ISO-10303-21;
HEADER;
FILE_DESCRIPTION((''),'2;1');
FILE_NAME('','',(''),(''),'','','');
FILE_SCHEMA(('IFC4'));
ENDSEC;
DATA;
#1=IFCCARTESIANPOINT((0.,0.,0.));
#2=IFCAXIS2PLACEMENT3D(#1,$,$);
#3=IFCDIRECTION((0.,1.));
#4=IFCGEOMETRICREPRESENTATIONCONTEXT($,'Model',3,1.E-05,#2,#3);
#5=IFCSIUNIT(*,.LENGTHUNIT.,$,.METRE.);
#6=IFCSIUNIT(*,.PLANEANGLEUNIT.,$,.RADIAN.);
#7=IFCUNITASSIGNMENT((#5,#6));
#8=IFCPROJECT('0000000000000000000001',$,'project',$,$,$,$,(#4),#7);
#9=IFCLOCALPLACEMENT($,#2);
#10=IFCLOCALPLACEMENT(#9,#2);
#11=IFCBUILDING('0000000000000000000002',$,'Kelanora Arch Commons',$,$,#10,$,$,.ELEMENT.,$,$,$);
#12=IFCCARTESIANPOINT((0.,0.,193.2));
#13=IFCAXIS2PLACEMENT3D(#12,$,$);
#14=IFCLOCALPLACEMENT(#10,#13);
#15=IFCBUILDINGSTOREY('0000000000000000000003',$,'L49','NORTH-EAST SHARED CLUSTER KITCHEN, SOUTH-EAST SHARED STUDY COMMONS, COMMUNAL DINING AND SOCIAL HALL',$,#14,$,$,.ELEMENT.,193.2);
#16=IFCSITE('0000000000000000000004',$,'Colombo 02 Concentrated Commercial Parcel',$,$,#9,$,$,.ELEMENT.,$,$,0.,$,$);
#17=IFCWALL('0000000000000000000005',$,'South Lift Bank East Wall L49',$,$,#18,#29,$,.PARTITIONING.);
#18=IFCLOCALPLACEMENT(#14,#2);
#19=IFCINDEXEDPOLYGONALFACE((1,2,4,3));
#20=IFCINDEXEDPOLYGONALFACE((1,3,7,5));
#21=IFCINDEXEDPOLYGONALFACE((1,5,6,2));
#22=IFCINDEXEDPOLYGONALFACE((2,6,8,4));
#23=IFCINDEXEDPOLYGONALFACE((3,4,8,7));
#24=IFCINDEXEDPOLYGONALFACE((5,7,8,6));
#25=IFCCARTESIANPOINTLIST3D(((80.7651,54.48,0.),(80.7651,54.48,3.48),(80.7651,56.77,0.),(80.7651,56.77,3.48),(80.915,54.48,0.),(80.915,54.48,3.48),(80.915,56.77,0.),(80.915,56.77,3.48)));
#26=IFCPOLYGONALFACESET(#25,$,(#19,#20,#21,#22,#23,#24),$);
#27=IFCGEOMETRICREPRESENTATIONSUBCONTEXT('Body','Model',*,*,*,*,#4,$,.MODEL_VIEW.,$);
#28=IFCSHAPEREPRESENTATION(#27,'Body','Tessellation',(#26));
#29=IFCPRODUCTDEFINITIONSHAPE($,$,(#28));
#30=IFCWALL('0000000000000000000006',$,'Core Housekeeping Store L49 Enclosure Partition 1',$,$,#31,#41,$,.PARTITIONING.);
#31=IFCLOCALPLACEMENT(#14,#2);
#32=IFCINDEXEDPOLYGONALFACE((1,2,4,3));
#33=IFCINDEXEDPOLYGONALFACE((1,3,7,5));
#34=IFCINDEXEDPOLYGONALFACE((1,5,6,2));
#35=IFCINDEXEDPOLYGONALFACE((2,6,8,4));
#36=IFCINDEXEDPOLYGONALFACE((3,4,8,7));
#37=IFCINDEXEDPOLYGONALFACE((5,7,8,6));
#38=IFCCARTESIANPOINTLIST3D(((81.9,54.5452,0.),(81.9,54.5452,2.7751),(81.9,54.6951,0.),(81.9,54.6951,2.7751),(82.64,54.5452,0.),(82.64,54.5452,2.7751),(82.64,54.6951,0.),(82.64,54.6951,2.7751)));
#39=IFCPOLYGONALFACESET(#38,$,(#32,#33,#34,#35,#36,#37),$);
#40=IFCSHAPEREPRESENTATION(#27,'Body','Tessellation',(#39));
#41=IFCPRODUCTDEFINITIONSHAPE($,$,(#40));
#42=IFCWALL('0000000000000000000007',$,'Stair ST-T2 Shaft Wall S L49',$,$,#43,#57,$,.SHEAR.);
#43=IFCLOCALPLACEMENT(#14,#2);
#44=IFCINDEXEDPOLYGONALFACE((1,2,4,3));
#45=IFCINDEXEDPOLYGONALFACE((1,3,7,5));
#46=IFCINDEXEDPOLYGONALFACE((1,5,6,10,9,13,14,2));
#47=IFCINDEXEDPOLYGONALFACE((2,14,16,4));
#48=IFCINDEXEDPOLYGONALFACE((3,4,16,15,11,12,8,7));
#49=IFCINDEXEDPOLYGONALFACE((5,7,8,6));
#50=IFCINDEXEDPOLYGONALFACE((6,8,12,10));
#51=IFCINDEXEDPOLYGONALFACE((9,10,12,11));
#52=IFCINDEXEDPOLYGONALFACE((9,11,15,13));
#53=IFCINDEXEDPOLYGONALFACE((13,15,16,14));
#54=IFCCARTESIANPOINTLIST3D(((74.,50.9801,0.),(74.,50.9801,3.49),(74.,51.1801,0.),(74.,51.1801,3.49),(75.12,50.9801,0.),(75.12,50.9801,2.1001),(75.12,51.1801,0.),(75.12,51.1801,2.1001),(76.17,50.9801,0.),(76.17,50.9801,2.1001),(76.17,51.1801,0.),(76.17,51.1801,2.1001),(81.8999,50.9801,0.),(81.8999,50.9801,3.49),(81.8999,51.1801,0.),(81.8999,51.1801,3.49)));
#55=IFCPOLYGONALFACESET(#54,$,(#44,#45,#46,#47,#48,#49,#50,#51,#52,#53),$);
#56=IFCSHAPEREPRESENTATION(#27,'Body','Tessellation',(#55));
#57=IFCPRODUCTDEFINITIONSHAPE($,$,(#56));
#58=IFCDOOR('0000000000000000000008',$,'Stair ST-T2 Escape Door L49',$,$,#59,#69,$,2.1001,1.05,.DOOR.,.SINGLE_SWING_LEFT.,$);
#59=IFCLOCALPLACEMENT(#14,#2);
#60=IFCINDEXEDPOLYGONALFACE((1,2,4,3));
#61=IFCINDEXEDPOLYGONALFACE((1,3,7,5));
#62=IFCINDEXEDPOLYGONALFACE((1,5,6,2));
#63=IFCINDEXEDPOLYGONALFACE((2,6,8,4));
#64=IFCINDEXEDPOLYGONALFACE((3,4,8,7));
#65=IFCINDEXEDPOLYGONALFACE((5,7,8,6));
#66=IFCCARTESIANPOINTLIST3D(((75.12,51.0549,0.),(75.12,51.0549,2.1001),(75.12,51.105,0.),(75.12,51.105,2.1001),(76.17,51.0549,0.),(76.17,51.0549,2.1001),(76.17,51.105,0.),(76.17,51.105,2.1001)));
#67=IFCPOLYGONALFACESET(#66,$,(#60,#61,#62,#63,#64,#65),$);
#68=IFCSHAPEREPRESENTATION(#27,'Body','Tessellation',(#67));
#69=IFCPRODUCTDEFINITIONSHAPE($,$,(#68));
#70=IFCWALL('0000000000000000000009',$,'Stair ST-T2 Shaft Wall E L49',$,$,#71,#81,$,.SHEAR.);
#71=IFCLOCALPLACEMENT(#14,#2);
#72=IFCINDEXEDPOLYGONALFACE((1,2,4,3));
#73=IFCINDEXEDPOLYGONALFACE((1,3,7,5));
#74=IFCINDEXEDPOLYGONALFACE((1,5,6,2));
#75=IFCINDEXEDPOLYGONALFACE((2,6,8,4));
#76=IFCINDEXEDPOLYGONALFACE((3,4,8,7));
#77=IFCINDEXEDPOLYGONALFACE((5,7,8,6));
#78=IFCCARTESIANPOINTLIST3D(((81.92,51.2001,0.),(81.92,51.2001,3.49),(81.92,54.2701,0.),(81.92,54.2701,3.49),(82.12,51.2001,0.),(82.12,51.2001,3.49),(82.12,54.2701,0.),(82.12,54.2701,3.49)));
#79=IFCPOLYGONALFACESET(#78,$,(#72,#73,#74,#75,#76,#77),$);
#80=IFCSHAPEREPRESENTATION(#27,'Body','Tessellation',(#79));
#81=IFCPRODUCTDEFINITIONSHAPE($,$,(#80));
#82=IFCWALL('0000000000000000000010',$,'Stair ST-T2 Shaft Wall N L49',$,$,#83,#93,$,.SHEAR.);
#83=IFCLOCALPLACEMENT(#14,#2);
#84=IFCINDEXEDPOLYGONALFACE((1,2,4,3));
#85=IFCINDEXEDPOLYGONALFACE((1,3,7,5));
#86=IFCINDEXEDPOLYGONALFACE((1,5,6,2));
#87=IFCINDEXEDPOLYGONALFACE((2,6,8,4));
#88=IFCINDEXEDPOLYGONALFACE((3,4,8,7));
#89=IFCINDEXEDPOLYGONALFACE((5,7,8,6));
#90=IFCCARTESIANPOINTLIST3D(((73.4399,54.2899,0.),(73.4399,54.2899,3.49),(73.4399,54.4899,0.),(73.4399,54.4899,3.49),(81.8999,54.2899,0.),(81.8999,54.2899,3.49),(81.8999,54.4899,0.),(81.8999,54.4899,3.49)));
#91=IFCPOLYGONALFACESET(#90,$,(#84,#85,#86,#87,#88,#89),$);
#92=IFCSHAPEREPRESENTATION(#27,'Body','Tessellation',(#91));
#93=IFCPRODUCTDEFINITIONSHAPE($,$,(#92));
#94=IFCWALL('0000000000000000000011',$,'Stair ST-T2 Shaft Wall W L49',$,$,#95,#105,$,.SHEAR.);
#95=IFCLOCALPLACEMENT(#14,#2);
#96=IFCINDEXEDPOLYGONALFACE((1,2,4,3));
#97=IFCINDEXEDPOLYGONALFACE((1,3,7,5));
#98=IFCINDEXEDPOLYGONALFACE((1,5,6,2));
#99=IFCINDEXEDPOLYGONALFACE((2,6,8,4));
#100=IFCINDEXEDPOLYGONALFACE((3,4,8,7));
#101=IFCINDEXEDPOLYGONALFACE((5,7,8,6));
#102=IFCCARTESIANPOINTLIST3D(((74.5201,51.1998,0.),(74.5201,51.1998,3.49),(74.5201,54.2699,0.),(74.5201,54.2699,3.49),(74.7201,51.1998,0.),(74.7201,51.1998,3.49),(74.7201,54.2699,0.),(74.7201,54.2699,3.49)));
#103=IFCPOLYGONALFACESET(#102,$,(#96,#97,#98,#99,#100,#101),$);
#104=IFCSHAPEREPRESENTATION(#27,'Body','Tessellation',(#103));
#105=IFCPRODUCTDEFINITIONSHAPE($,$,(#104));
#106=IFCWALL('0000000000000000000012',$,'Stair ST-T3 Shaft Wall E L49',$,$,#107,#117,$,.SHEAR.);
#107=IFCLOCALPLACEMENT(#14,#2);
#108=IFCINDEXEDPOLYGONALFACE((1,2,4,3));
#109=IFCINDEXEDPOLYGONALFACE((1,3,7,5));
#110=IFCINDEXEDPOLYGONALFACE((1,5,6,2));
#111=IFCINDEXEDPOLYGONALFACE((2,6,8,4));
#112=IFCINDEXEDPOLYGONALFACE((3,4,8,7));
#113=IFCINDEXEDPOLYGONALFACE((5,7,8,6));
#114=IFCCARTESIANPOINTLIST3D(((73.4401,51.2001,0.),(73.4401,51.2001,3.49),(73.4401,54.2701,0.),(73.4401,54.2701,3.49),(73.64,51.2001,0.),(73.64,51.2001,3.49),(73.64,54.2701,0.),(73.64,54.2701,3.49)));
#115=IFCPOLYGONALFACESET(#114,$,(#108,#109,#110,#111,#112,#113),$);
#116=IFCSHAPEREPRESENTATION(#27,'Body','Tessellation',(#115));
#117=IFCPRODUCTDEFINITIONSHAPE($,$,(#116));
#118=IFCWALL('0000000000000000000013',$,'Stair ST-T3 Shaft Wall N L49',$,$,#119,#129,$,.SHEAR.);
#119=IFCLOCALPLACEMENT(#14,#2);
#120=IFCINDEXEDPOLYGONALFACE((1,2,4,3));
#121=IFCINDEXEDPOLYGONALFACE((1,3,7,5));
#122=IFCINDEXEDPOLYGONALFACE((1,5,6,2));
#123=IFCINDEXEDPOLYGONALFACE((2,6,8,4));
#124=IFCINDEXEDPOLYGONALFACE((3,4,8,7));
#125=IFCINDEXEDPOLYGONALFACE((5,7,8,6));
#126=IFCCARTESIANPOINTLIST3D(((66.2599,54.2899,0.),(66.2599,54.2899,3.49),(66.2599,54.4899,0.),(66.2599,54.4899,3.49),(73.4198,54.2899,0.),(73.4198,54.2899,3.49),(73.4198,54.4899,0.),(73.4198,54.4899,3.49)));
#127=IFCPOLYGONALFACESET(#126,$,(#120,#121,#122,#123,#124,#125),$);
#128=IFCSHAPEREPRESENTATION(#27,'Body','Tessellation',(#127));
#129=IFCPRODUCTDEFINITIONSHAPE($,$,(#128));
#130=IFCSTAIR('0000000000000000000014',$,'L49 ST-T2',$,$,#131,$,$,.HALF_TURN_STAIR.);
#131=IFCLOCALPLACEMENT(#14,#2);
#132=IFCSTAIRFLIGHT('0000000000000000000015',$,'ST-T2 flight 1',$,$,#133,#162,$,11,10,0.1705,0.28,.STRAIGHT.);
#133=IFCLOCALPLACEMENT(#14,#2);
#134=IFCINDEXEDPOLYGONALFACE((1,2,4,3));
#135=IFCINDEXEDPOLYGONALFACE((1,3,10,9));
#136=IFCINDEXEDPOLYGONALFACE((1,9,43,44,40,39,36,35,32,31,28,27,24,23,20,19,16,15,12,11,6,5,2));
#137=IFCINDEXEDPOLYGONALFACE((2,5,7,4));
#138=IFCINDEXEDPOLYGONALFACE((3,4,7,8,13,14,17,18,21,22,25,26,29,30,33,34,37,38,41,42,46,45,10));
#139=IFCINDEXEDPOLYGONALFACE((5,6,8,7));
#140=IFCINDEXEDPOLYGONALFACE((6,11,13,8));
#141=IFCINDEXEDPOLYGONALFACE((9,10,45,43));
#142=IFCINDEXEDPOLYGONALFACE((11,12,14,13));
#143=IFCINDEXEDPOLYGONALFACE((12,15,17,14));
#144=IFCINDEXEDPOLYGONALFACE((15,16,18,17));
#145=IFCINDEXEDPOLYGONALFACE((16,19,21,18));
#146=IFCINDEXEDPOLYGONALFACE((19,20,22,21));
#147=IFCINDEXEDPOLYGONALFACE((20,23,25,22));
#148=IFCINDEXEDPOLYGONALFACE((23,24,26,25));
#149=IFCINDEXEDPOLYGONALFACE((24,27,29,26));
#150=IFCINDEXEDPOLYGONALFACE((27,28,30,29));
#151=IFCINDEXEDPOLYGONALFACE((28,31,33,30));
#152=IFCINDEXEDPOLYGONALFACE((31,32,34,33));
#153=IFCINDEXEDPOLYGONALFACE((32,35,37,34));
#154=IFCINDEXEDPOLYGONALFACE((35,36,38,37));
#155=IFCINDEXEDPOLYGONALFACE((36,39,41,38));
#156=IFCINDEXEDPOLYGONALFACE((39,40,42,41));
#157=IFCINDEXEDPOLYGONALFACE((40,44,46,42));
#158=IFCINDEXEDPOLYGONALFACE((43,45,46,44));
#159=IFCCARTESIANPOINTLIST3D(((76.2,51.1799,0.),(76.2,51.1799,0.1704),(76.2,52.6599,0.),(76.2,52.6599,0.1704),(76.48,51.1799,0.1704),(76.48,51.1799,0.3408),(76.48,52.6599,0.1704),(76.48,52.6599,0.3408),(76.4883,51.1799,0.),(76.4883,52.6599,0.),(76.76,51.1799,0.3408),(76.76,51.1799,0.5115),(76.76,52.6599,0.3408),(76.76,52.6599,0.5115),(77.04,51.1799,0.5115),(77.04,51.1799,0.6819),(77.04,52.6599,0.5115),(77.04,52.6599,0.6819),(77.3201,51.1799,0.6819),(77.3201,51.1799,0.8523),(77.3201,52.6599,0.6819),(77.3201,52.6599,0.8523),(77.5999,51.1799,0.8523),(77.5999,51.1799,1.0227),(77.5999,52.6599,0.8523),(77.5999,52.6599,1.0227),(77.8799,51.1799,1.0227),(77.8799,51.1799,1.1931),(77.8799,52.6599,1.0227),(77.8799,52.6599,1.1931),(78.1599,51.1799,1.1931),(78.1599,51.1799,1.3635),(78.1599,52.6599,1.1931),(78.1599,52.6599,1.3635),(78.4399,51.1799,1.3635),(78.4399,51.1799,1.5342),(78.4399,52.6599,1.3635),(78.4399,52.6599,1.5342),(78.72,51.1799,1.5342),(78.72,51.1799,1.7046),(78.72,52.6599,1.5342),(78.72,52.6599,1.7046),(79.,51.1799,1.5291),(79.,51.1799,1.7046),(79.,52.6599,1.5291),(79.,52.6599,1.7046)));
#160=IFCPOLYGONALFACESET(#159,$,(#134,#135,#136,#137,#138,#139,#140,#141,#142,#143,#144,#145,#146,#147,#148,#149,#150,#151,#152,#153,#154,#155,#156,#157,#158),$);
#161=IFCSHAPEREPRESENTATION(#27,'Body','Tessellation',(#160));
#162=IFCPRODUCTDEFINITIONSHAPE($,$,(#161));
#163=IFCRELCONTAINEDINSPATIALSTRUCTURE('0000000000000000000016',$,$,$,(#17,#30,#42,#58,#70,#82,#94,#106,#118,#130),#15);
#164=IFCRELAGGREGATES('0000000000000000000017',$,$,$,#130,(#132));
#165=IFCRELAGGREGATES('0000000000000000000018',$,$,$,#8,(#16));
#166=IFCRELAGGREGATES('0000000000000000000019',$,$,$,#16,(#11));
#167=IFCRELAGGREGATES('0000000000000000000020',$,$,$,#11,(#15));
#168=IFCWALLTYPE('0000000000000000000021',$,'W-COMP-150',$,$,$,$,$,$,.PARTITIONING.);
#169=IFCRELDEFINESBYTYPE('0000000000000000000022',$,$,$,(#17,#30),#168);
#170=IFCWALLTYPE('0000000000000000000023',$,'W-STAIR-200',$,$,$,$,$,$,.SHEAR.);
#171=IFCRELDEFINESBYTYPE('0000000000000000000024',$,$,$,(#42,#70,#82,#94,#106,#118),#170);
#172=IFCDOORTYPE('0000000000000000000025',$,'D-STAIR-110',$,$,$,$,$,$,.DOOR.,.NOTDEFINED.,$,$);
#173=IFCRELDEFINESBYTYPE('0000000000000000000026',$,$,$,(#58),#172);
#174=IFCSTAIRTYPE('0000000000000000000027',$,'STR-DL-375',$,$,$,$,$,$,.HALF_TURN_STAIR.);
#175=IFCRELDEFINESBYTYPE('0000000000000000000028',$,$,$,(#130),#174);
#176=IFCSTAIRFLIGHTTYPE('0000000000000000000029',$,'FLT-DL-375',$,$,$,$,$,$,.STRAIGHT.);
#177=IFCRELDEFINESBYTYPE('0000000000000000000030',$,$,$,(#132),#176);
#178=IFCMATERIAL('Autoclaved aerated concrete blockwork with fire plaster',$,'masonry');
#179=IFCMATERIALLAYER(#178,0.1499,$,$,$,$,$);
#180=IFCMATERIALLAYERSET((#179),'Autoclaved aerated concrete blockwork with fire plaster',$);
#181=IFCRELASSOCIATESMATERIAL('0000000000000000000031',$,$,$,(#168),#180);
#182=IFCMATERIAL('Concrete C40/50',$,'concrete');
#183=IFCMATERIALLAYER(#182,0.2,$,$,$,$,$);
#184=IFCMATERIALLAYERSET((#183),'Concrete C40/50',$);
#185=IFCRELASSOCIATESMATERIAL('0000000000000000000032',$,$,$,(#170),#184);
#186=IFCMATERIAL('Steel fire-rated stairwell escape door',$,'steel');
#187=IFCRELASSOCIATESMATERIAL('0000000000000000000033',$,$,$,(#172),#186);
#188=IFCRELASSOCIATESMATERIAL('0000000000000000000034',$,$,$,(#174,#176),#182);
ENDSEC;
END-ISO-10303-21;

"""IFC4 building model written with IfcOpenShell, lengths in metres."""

from ifc_helpers import new_model, si_unit, direction, frame, frame_2d, origin, place, context, subcontext, project, spatial, polyline, rectangle, outline, extrude, material, layer, layer_set, type_object, element, fill, aggregate, save


model = new_model("IFC4")

# Units and contexts
model_context = context("Model", 3, precision=1e-05, world=origin(), true_north=direction((0.0, 1.0)))
body_context = subcontext(model_context, "Body", "Model", "MODEL_VIEW")
ifc_project = project(units=[si_unit("LENGTHUNIT", "METRE"), si_unit("PLANEANGLEUNIT", "RADIAN")], contexts=[model_context])

# Site, building, storey
site_placement = place(None, origin())
site = spatial("IfcSite", under=ifc_project, at=site_placement, Name="Colombo 02 Concentrated Commercial Parcel", CompositionType="ELEMENT", RefElevation=0.0)
building_placement = place(site_placement, origin())
building = spatial("IfcBuilding", under=site, at=building_placement, Name="Kelanora Arch Commons", CompositionType="ELEMENT")
storey_placement = place(building_placement, frame((0.0, 0.0, 193.2)))
storey = spatial("IfcBuildingStorey", under=building, at=storey_placement, Name="L49", Description="NORTH-EAST SHARED CLUSTER KITCHEN, SOUTH-EAST SHARED STUDY COMMONS, COMMUNAL DINING AND SOCIAL HALL", CompositionType="ELEMENT", Elevation=193.2)

# Walls
ifc_material_1 = material(Name="Autoclaved aerated concrete blockwork with fire plaster", Category="masonry")
ifc_layer_1 = layer(ifc_material_1, 0.1499)
ifc_layer_set_1 = layer_set([ifc_layer_1], Name="Autoclaved aerated concrete blockwork with fire plaster")
wall_type_1 = type_object("IfcWallType", Name="W-COMP-150", PredefinedType="PARTITIONING", material=ifc_layer_set_1)
wall_1_placement = place(storey_placement, frame((80.8401, 54.48, 0.0), z_axis=(0.0, 0.0, 1.0), x_axis=(0.0, 1.0, 0.0)))
element("IfcWall", 1, at=wall_1_placement, inside=storey, type_object=wall_type_1, Name="South Lift Bank East Wall L49", PredefinedType="PARTITIONING", context=body_context, shape_type="SweptSolid", body=[
    extrude(rectangle(XDim=2.29, YDim=0.1499, at=frame_2d((1.145, 0.0))), origin(), (0.0, 0.0, 1.0), 3.48),
])
wall_2_placement = place(storey_placement, frame((81.8999, 54.6201, 0.0), z_axis=(0.0, 0.0, 1.0), x_axis=(1.0, 0.0, 0.0)))
element("IfcWall", 2, at=wall_2_placement, inside=storey, type_object=wall_type_1, Name="Core Housekeeping Store L49 Enclosure Partition 1", PredefinedType="PARTITIONING", context=body_context, shape_type="SweptSolid", body=[
    extrude(rectangle(XDim=0.74, YDim=0.1499, at=frame_2d((0.3701, 0.0))), origin(), (0.0, 0.0, 1.0), 2.7751),
])

# Wall, opening, door
ifc_material_2 = material(Name="Concrete C40/50", Category="concrete")
ifc_layer_2 = layer(ifc_material_2, 0.2)
ifc_layer_set_2 = layer_set([ifc_layer_2], Name="Concrete C40/50")
wall_type_2 = type_object("IfcWallType", Name="W-STAIR-200", PredefinedType="SHEAR", material=ifc_layer_set_2)
wall_3_placement = place(storey_placement, frame((74.0, 51.0801, 0.0), z_axis=(0.0, 0.0, 1.0), x_axis=(1.0, 0.0, 0.0)))
wall_3 = element("IfcWall", 3, at=wall_3_placement, inside=storey, type_object=wall_type_2, Name="Stair ST-T2 Shaft Wall S L49", PredefinedType="SHEAR", context=body_context, shape_type="SweptSolid", body=[
    extrude(rectangle(XDim=7.8999, YDim=0.2, at=frame_2d((3.95, 0.0))), origin(), (0.0, 0.0, 1.0), 3.49),
])
opening_placement = place(wall_3_placement, frame((1.1201, 0.0, 0.0)))
opening = element("IfcOpeningElement", 4, at=opening_placement, cuts=wall_3, PredefinedType="OPENING", context=body_context, shape_type="SweptSolid", body=[
    extrude(rectangle(XDim=1.05, YDim=2.1001, at=frame_2d((0.5249, 1.05))), frame((0.0, 0.1099, 0.0), z_axis=(0.0, -1.0, 0.0), x_axis=(1.0, 0.0, 0.0)), (0.0, 0.0, 1.0), 0.22),
])
ifc_material_3 = material(Name="Steel fire-rated stairwell escape door", Category="steel")
door_type = type_object("IfcDoorType", Name="D-STAIR-110", OperationType="NOTDEFINED", PredefinedType="DOOR", material=ifc_material_3)
door_placement = place(opening_placement, origin())
door = element("IfcDoor", 5, at=door_placement, inside=storey, type_object=door_type, Name="Stair ST-T2 Escape Door L49", OperationType="SINGLE_SWING_LEFT", OverallHeight=2.1001, OverallWidth=1.05, PredefinedType="DOOR", context=body_context, shape_type="SweptSolid", body=[
    extrude(rectangle(XDim=1.05, YDim=2.1001, at=frame_2d((0.5249, 1.05))), frame((0.0, 0.0249, 0.0), z_axis=(0.0, -1.0, 0.0), x_axis=(1.0, 0.0, 0.0)), (0.0, 0.0, 1.0), 0.05),
])
fill(opening, door)

# Walls
wall_4_placement = place(storey_placement, frame((82.02, 51.2, 0.0), z_axis=(0.0, 0.0, 1.0), x_axis=(0.0, 1.0, 0.0)))
element("IfcWall", 6, at=wall_4_placement, inside=storey, type_object=wall_type_2, Name="Stair ST-T2 Shaft Wall E L49", PredefinedType="SHEAR", context=body_context, shape_type="SweptSolid", body=[
    extrude(rectangle(XDim=3.0701, YDim=0.2, at=frame_2d((1.5352, 0.0))), origin(), (0.0, 0.0, 1.0), 3.49),
])
wall_5_placement = place(storey_placement, frame((81.8999, 54.3899, 0.0), z_axis=(0.0, 0.0, 1.0), x_axis=(-1.0, 0.0, 0.0)))
element("IfcWall", 7, at=wall_5_placement, inside=storey, type_object=wall_type_2, Name="Stair ST-T2 Shaft Wall N L49", PredefinedType="SHEAR", context=body_context, shape_type="SweptSolid", body=[
    extrude(rectangle(XDim=8.46, YDim=0.2, at=frame_2d((4.23, 0.0))), origin(), (0.0, 0.0, 1.0), 3.49),
])
for number, where, z_axis, x_axis, name in (
    (8, (74.6201, 54.27, 0.0), (0.0, 0.0, 1.0), (0.0, -1.0, 0.0), "Stair ST-T2 Shaft Wall W L49"),
    (9, (73.54, 51.2, 0.0), (0.0, 0.0, 1.0), (0.0, 1.0, 0.0), "Stair ST-T3 Shaft Wall E L49"),
):
    element("IfcWall", number, at=place(storey_placement, frame(where, z_axis=z_axis, x_axis=x_axis)), inside=storey, type_object=wall_type_2, Name=name, PredefinedType="SHEAR", context=body_context, shape_type="SweptSolid", body=[
        extrude(rectangle(XDim=3.0701, YDim=0.2, at=frame_2d((1.5352, 0.0))), origin(), (0.0, 0.0, 1.0), 3.49),
    ])
wall_6_placement = place(storey_placement, frame((73.4199, 54.3899, 0.0), z_axis=(0.0, 0.0, 1.0), x_axis=(-1.0, 0.0, 0.0)))
element("IfcWall", 10, at=wall_6_placement, inside=storey, type_object=wall_type_2, Name="Stair ST-T3 Shaft Wall N L49", PredefinedType="SHEAR", context=body_context, shape_type="SweptSolid", body=[
    extrude(rectangle(XDim=7.1599, YDim=0.2, at=frame_2d((3.5801, 0.0))), origin(), (0.0, 0.0, 1.0), 3.49),
])

# Stair, stair flight
stair_type = type_object("IfcStairType", Name="STR-DL-375", PredefinedType="HALF_TURN_STAIR", material=ifc_material_2)
stair_placement = place(storey_placement, origin())
stair = element("IfcStair", 11, at=stair_placement, inside=storey, type_object=stair_type, Name="L49 ST-T2", PredefinedType="HALF_TURN_STAIR")
stair_flight_type = type_object("IfcStairFlightType", Name="FLT-DL-375", PredefinedType="STRAIGHT", material=ifc_material_2)
stair_flight_1_placement = place(storey_placement, frame((76.2, 51.9199, 0.0), z_axis=(0.0, 0.0, 1.0), x_axis=(1.0, 0.0, 0.0)))
stair_flight_1 = element("IfcStairFlight", 12, at=stair_flight_1_placement, type_object=stair_flight_type, Name="ST-T2 flight 1", NumberOfRisers=11, NumberOfTreads=10, PredefinedType="STRAIGHT", RiserHeight=0.1705, TreadLength=0.28, context=body_context, shape_type="SweptSolid", body=[
    extrude(outline(polyline([(0.0, 0.0), (0.0, 0.1704), (0.28, 0.1704), (0.28, 0.3408), (0.5601, 0.3408), (0.5601, 0.5115), (0.8401, 0.5115), (0.8401, 0.6819), (1.1201, 0.6819), (1.1201, 0.8523), (1.3999, 0.8523), (1.3999, 1.0227), (1.6799, 1.0227), (1.6799, 1.1931), (1.96, 1.1931), (1.96, 1.3635), (2.24, 1.3635), (2.24, 1.5342), (2.52, 1.5342), (2.52, 1.7046), (2.8, 1.7046), (2.8, 1.875), (2.8, 1.5291), (0.2883, 0.0), (0.0, 0.0)])), frame((0.0, 0.74, 0.0), z_axis=(0.0, -1.0, 0.0), x_axis=(1.0, 0.0, 0.0)), (0.0, 0.0, 1.0), 1.48),
])
aggregate(stair, [stair_flight_1])

save(model, "model.ifc")
